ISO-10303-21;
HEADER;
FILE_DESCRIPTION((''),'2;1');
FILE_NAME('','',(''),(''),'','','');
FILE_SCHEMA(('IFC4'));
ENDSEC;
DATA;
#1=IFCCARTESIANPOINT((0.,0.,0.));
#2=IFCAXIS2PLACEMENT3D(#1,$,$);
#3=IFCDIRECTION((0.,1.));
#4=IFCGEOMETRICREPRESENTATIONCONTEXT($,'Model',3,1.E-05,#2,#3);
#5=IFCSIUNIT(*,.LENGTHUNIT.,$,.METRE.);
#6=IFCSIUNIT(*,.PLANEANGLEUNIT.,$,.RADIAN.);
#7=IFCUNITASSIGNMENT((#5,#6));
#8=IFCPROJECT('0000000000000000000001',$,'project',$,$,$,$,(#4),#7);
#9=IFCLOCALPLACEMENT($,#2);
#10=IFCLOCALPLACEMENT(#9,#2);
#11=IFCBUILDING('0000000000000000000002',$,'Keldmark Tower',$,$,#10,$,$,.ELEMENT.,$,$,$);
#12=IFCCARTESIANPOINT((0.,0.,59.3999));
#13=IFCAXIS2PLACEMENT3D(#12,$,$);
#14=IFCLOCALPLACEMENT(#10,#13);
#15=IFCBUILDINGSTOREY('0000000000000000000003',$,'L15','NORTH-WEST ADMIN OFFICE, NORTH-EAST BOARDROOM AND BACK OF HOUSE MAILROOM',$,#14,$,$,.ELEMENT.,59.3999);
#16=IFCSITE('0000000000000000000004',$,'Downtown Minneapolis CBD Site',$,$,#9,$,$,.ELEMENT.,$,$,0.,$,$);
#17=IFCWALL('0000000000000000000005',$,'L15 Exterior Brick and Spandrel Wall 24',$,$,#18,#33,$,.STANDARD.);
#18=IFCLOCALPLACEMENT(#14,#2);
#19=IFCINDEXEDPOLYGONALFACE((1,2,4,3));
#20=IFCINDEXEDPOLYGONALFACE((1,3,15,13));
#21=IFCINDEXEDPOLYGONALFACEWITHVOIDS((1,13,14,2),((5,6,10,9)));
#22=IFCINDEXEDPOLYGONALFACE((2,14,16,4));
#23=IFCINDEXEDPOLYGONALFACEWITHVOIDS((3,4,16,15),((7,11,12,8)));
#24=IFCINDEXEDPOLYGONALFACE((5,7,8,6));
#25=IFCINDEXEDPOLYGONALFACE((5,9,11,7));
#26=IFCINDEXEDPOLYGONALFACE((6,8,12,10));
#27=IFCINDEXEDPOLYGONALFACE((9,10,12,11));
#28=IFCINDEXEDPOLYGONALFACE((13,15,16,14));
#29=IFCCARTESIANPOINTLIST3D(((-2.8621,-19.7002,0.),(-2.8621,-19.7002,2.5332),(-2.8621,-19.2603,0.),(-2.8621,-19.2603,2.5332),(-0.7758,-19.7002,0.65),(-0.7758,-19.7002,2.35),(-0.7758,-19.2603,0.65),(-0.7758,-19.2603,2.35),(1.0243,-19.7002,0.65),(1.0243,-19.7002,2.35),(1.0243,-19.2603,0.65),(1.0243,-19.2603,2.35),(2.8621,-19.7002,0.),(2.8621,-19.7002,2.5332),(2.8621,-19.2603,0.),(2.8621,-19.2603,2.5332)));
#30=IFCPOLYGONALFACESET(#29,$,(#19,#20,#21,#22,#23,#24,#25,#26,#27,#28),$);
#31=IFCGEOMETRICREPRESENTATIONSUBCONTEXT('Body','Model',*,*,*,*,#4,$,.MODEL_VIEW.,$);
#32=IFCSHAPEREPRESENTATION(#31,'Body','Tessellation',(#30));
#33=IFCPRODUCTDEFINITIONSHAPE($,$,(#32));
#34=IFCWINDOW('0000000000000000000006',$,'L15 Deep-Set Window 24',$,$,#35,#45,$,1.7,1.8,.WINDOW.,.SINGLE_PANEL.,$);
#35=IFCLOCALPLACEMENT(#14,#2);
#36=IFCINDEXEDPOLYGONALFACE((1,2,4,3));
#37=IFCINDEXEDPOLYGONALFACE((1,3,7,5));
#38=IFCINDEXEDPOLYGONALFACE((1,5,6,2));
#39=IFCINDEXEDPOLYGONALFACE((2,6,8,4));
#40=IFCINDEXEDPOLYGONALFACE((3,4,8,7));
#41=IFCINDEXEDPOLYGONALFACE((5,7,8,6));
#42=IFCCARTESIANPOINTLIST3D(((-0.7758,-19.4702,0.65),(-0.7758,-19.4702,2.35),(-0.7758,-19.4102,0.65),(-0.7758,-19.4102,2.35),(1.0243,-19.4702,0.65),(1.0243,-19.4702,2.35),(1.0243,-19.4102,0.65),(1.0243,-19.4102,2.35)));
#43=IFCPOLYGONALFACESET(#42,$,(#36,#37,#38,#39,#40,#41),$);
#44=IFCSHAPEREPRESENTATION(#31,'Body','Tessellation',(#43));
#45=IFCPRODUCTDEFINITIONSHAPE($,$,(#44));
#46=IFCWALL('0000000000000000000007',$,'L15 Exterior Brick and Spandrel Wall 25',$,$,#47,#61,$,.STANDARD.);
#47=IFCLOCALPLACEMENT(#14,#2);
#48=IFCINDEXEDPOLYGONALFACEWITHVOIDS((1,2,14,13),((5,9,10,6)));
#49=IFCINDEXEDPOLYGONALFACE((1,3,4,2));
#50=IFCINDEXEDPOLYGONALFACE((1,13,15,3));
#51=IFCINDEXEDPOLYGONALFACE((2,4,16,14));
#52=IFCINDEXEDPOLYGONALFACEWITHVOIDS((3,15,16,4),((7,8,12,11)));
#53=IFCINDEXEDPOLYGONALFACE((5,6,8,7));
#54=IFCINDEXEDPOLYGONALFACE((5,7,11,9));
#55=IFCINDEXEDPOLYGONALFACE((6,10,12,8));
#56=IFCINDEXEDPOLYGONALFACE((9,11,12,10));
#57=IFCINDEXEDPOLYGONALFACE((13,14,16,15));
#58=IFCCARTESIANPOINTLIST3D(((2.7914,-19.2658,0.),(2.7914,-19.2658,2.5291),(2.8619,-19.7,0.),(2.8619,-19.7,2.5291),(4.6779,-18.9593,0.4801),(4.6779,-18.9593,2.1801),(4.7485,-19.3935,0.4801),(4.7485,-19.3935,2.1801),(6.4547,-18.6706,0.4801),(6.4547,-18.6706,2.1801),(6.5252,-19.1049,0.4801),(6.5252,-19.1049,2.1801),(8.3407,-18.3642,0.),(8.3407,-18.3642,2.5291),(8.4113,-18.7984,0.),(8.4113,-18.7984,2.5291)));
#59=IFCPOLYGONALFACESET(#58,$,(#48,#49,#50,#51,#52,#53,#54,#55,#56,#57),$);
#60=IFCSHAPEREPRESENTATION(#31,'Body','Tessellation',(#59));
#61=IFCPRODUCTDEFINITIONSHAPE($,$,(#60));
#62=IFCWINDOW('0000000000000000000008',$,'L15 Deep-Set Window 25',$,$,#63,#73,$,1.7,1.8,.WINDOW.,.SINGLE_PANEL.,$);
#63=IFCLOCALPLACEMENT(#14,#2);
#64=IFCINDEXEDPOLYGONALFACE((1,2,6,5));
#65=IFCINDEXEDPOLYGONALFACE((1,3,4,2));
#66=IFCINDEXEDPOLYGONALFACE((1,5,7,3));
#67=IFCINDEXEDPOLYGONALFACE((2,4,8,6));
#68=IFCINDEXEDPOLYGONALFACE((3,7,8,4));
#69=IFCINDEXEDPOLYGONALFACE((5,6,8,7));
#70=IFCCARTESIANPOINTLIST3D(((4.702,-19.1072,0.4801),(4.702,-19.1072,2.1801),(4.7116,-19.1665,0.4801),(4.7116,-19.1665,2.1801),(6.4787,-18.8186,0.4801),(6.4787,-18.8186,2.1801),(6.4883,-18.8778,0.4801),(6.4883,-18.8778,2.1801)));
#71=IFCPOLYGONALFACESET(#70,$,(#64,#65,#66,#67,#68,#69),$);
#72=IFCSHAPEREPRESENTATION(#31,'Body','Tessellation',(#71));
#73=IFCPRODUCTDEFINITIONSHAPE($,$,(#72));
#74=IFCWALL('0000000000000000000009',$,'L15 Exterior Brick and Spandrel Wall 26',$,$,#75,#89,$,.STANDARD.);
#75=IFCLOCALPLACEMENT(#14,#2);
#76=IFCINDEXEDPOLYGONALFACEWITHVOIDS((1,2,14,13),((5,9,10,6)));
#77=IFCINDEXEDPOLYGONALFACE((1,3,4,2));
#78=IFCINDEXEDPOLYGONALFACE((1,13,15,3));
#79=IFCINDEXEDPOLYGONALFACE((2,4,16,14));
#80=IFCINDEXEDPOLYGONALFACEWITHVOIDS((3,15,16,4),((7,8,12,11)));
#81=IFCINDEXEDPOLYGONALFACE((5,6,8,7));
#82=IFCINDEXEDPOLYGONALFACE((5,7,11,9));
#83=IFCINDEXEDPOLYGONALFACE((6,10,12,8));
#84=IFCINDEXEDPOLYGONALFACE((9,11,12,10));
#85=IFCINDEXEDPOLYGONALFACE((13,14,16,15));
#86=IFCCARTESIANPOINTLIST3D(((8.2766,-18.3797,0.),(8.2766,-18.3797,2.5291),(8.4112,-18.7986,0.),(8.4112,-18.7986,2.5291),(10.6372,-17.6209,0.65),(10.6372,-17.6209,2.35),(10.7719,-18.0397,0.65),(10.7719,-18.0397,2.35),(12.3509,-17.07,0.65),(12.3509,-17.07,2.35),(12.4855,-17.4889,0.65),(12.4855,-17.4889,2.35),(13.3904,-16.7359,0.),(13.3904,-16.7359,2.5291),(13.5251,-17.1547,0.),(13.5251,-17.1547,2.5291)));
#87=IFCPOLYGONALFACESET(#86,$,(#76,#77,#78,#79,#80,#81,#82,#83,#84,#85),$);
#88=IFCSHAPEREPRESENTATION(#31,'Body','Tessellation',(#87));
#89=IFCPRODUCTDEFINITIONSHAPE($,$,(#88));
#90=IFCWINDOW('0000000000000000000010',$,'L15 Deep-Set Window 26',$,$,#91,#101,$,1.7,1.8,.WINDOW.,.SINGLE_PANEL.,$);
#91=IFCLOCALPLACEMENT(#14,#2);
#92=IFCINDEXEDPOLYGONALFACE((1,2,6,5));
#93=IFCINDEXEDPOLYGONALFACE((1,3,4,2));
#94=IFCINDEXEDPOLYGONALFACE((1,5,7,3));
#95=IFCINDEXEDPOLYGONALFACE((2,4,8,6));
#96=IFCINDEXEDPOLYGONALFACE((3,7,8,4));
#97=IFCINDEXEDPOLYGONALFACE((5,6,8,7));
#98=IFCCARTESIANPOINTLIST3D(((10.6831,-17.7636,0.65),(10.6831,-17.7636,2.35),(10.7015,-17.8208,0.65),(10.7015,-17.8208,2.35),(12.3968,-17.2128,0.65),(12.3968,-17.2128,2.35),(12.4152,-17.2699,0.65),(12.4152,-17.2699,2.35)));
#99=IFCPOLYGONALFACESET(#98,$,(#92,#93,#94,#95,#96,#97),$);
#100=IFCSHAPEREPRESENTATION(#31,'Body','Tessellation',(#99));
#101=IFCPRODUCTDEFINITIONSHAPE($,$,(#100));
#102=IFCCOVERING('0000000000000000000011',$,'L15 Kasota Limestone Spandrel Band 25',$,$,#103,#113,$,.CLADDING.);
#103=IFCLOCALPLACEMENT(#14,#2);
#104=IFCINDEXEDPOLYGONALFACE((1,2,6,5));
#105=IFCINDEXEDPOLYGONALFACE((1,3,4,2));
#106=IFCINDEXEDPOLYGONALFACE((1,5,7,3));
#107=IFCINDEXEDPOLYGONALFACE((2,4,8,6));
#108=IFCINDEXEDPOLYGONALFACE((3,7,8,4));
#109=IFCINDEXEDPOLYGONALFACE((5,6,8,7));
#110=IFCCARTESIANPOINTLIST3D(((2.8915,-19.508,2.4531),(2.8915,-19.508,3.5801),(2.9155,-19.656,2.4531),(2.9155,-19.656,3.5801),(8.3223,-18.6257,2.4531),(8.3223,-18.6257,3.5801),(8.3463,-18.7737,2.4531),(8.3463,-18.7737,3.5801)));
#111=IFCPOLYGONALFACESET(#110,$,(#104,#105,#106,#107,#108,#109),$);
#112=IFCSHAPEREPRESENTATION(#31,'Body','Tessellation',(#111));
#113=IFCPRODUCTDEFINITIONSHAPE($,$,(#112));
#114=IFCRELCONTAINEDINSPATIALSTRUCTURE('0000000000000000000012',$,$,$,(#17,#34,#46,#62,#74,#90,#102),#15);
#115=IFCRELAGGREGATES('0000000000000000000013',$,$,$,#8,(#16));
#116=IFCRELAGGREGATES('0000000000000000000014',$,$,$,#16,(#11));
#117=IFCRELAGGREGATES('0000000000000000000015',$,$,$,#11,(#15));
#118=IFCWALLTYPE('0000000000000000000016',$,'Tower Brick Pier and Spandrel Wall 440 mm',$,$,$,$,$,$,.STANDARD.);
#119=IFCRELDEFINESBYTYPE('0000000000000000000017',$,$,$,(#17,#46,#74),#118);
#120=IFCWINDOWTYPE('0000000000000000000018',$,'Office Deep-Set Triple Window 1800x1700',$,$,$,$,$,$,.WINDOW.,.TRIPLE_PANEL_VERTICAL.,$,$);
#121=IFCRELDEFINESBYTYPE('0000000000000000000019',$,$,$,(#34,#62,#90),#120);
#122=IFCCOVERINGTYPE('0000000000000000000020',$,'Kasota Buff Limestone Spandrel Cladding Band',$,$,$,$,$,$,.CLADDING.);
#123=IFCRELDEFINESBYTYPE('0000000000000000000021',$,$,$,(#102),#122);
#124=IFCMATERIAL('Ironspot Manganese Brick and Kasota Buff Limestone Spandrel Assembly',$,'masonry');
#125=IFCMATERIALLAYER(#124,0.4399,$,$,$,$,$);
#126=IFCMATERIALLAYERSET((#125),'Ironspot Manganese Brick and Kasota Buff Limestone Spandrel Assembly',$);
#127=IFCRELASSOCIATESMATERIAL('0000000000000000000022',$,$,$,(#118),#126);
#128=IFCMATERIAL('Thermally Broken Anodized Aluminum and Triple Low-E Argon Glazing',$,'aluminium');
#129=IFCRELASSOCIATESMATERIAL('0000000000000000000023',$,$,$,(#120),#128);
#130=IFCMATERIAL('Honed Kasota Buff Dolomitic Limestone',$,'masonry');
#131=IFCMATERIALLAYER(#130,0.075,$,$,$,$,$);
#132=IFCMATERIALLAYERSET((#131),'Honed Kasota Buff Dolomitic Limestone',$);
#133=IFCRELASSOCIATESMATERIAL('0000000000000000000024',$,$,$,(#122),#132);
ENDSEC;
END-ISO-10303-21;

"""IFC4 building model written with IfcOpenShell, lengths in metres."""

from ifc_helpers import new_model, si_unit, direction, frame, frame_2d, origin, origin_2d, place, context, subcontext, project, spatial, rectangle, extrude, material, layer, layer_set, type_object, element, fill, save


model = new_model("IFC4")

# Units and contexts
model_context = context("Model", 3, precision=1e-05, world=origin(), true_north=direction((0.0, 1.0)))
body_context = subcontext(model_context, "Body", "Model", "MODEL_VIEW")
ifc_project = project(units=[si_unit("LENGTHUNIT", "METRE"), si_unit("PLANEANGLEUNIT", "RADIAN")], contexts=[model_context])

# Site, building, storey
site_placement = place(None, origin())
site = spatial("IfcSite", under=ifc_project, at=site_placement, Name="Downtown Minneapolis CBD Site", CompositionType="ELEMENT", RefElevation=0.0)
building_placement = place(site_placement, origin())
building = spatial("IfcBuilding", under=site, at=building_placement, Name="Keldmark Tower", CompositionType="ELEMENT")
storey_placement = place(building_placement, frame((0.0, 0.0, 59.3999)))
storey = spatial("IfcBuildingStorey", under=building, at=storey_placement, Name="L15", Description="NORTH-WEST ADMIN OFFICE, NORTH-EAST BOARDROOM AND BACK OF HOUSE MAILROOM", CompositionType="ELEMENT", Elevation=59.3999)

# Walls, openings, windows
ifc_material_1 = material(Name="Ironspot Manganese Brick and Kasota Buff Limestone Spandrel Assembly", Category="masonry")
ifc_layer_1 = layer(ifc_material_1, 0.4399)
ifc_layer_set_1 = layer_set([ifc_layer_1], Name="Ironspot Manganese Brick and Kasota Buff Limestone Spandrel Assembly")
wall_type_1 = type_object("IfcWallType", Name="Tower Brick Pier and Spandrel Wall 440 mm", PredefinedType="STANDARD", material=ifc_layer_set_1)
wall_1_placement = place(storey_placement, frame((2.8621, -19.4802, 0.0), z_axis=(0.0, 0.0, 1.0), x_axis=(-1.0, 0.0, 0.0)))
wall_1 = element("IfcWall", 1, at=wall_1_placement, inside=storey, type_object=wall_type_1, Name="L15 Exterior Brick and Spandrel Wall 24", PredefinedType="STANDARD", context=body_context, shape_type="SweptSolid", body=[
    extrude(rectangle(XDim=5.7241, YDim=0.4399, at=frame_2d((2.8621, 0.0))), origin(), (0.0, 0.0, 1.0), 2.5332),
])
opening_1_placement = place(wall_1_placement, frame((1.8379, 0.0, 0.6499)))
opening_1 = element("IfcOpeningElement", 2, at=opening_1_placement, cuts=wall_1, PredefinedType="OPENING", context=body_context, shape_type="SweptSolid", body=[
    extrude(rectangle(XDim=1.8, YDim=1.7, at=frame_2d((0.8999, 0.8501))), frame((0.0, 0.23, 0.0), z_axis=(0.0, -1.0, 0.0), x_axis=(1.0, 0.0, 0.0)), (0.0, 0.0, 1.0), 0.46),
])
ifc_material_2 = material(Name="Thermally Broken Anodized Aluminum and Triple Low-E Argon Glazing", Category="aluminium")
window_type = type_object("IfcWindowType", Name="Office Deep-Set Triple Window 1800x1700", PartitioningType="TRIPLE_PANEL_VERTICAL", PredefinedType="WINDOW", material=ifc_material_2)
window_1_placement = place(opening_1_placement, origin())
window_1 = element("IfcWindow", 3, at=window_1_placement, inside=storey, type_object=window_type, Name="L15 Deep-Set Window 24", OverallHeight=1.7, OverallWidth=1.8, PartitioningType="SINGLE_PANEL", PredefinedType="WINDOW", context=body_context, shape_type="SweptSolid", body=[
    extrude(rectangle(XDim=1.8, YDim=1.7, at=frame_2d((0.8999, 0.8501))), frame((0.0, -0.01, 0.0), z_axis=(0.0, -1.0, 0.0), x_axis=(1.0, 0.0, 0.0)), (0.0, 0.0, 1.0), 0.0601),
])
fill(opening_1, window_1)
wall_2_placement = place(storey_placement, frame((8.376, -18.5813, 0.0), z_axis=(0.0, 0.0, 1.0), x_axis=(-0.987057, -0.16037, 0.0)))
wall_2 = element("IfcWall", 4, at=wall_2_placement, inside=storey, type_object=wall_type_1, Name="L15 Exterior Brick and Spandrel Wall 25", PredefinedType="STANDARD", context=body_context, shape_type="SweptSolid", body=[
    extrude(rectangle(XDim=5.6221, YDim=0.4399, at=frame_2d((2.811, 0.0))), origin(), (0.0, 0.0, 1.0), 2.5291),
])
opening_2_placement = place(wall_2_placement, frame((1.9109, 0.0, 0.48)))
opening_2 = element("IfcOpeningElement", 5, at=opening_2_placement, cuts=wall_2, PredefinedType="OPENING", context=body_context, shape_type="SweptSolid", body=[
    extrude(rectangle(XDim=1.8, YDim=1.7, at=frame_2d((0.8999, 0.8501))), frame((0.0, 0.23, 0.0), z_axis=(0.0, -1.0, 0.0), x_axis=(1.0, 0.0, 0.0)), (0.0, 0.0, 1.0), 0.46),
])
window_2_placement = place(opening_2_placement, origin())
window_2 = element("IfcWindow", 6, at=window_2_placement, inside=storey, type_object=window_type, Name="L15 Deep-Set Window 25", OverallHeight=1.7, OverallWidth=1.8, PartitioningType="SINGLE_PANEL", PredefinedType="WINDOW", context=body_context, shape_type="SweptSolid", body=[
    extrude(rectangle(XDim=1.8, YDim=1.7, at=frame_2d((0.8999, 0.8501))), frame((0.0, -0.01, 0.0), z_axis=(0.0, -1.0, 0.0), x_axis=(1.0, 0.0, 0.0)), (0.0, 0.0, 1.0), 0.0601),
])
fill(opening_2, window_2)
wall_3_placement = place(storey_placement, frame((13.4578, -16.9453, 0.0), z_axis=(0.0, 0.0, 1.0), x_axis=(-0.952024, -0.306024, 0.0)))
wall_3 = element("IfcWall", 7, at=wall_3_placement, inside=storey, type_object=wall_type_1, Name="L15 Exterior Brick and Spandrel Wall 26", PredefinedType="STANDARD", context=body_context, shape_type="SweptSolid", body=[
    extrude(rectangle(XDim=5.3716, YDim=0.4399, at=frame_2d((2.6858, 0.0))), origin(), (0.0, 0.0, 1.0), 2.5291),
])
opening_3_placement = place(wall_3_placement, frame((1.092, 0.0, 0.6499)))
opening_3 = element("IfcOpeningElement", 8, at=opening_3_placement, cuts=wall_3, PredefinedType="OPENING", context=body_context, shape_type="SweptSolid", body=[
    extrude(rectangle(XDim=1.8, YDim=1.7, at=frame_2d((0.8999, 0.8501))), frame((0.0, 0.23, 0.0), z_axis=(0.0, -1.0, 0.0), x_axis=(1.0, 0.0, 0.0)), (0.0, 0.0, 1.0), 0.46),
])
window_3_placement = place(opening_3_placement, origin())
window_3 = element("IfcWindow", 9, at=window_3_placement, inside=storey, type_object=window_type, Name="L15 Deep-Set Window 26", OverallHeight=1.7, OverallWidth=1.8, PartitioningType="SINGLE_PANEL", PredefinedType="WINDOW", context=body_context, shape_type="SweptSolid", body=[
    extrude(rectangle(XDim=1.8, YDim=1.7, at=frame_2d((0.8999, 0.8501))), frame((0.0, -0.01, 0.0), z_axis=(0.0, -1.0, 0.0), x_axis=(1.0, 0.0, 0.0)), (0.0, 0.0, 1.0), 0.0601),
])
fill(opening_3, window_3)

# Covering
ifc_material_3 = material(Name="Honed Kasota Buff Dolomitic Limestone", Category="masonry")
ifc_layer_2 = layer(ifc_material_3, 0.075)
ifc_layer_set_2 = layer_set([ifc_layer_2], Name="Honed Kasota Buff Dolomitic Limestone")
covering_type = type_object("IfcCoveringType", Name="Kasota Buff Limestone Spandrel Cladding Band", PredefinedType="CLADDING", material=ifc_layer_set_2)
covering_placement = place(storey_placement, frame((5.6189, -19.1409, 2.4531), z_axis=(0.0, 0.0, 1.0), x_axis=(0.987058, 0.160364, 0.0)))
element("IfcCovering", 10, at=covering_placement, inside=storey, type_object=covering_type, Name="L15 Kasota Limestone Spandrel Band 25", PredefinedType="CLADDING", context=body_context, shape_type="SweptSolid", body=[
    extrude(rectangle(XDim=5.502, YDim=0.1499, at=origin_2d()), origin(), (0.0, 0.0, 1.0), 1.127),
])

save(model, "model.ifc")
